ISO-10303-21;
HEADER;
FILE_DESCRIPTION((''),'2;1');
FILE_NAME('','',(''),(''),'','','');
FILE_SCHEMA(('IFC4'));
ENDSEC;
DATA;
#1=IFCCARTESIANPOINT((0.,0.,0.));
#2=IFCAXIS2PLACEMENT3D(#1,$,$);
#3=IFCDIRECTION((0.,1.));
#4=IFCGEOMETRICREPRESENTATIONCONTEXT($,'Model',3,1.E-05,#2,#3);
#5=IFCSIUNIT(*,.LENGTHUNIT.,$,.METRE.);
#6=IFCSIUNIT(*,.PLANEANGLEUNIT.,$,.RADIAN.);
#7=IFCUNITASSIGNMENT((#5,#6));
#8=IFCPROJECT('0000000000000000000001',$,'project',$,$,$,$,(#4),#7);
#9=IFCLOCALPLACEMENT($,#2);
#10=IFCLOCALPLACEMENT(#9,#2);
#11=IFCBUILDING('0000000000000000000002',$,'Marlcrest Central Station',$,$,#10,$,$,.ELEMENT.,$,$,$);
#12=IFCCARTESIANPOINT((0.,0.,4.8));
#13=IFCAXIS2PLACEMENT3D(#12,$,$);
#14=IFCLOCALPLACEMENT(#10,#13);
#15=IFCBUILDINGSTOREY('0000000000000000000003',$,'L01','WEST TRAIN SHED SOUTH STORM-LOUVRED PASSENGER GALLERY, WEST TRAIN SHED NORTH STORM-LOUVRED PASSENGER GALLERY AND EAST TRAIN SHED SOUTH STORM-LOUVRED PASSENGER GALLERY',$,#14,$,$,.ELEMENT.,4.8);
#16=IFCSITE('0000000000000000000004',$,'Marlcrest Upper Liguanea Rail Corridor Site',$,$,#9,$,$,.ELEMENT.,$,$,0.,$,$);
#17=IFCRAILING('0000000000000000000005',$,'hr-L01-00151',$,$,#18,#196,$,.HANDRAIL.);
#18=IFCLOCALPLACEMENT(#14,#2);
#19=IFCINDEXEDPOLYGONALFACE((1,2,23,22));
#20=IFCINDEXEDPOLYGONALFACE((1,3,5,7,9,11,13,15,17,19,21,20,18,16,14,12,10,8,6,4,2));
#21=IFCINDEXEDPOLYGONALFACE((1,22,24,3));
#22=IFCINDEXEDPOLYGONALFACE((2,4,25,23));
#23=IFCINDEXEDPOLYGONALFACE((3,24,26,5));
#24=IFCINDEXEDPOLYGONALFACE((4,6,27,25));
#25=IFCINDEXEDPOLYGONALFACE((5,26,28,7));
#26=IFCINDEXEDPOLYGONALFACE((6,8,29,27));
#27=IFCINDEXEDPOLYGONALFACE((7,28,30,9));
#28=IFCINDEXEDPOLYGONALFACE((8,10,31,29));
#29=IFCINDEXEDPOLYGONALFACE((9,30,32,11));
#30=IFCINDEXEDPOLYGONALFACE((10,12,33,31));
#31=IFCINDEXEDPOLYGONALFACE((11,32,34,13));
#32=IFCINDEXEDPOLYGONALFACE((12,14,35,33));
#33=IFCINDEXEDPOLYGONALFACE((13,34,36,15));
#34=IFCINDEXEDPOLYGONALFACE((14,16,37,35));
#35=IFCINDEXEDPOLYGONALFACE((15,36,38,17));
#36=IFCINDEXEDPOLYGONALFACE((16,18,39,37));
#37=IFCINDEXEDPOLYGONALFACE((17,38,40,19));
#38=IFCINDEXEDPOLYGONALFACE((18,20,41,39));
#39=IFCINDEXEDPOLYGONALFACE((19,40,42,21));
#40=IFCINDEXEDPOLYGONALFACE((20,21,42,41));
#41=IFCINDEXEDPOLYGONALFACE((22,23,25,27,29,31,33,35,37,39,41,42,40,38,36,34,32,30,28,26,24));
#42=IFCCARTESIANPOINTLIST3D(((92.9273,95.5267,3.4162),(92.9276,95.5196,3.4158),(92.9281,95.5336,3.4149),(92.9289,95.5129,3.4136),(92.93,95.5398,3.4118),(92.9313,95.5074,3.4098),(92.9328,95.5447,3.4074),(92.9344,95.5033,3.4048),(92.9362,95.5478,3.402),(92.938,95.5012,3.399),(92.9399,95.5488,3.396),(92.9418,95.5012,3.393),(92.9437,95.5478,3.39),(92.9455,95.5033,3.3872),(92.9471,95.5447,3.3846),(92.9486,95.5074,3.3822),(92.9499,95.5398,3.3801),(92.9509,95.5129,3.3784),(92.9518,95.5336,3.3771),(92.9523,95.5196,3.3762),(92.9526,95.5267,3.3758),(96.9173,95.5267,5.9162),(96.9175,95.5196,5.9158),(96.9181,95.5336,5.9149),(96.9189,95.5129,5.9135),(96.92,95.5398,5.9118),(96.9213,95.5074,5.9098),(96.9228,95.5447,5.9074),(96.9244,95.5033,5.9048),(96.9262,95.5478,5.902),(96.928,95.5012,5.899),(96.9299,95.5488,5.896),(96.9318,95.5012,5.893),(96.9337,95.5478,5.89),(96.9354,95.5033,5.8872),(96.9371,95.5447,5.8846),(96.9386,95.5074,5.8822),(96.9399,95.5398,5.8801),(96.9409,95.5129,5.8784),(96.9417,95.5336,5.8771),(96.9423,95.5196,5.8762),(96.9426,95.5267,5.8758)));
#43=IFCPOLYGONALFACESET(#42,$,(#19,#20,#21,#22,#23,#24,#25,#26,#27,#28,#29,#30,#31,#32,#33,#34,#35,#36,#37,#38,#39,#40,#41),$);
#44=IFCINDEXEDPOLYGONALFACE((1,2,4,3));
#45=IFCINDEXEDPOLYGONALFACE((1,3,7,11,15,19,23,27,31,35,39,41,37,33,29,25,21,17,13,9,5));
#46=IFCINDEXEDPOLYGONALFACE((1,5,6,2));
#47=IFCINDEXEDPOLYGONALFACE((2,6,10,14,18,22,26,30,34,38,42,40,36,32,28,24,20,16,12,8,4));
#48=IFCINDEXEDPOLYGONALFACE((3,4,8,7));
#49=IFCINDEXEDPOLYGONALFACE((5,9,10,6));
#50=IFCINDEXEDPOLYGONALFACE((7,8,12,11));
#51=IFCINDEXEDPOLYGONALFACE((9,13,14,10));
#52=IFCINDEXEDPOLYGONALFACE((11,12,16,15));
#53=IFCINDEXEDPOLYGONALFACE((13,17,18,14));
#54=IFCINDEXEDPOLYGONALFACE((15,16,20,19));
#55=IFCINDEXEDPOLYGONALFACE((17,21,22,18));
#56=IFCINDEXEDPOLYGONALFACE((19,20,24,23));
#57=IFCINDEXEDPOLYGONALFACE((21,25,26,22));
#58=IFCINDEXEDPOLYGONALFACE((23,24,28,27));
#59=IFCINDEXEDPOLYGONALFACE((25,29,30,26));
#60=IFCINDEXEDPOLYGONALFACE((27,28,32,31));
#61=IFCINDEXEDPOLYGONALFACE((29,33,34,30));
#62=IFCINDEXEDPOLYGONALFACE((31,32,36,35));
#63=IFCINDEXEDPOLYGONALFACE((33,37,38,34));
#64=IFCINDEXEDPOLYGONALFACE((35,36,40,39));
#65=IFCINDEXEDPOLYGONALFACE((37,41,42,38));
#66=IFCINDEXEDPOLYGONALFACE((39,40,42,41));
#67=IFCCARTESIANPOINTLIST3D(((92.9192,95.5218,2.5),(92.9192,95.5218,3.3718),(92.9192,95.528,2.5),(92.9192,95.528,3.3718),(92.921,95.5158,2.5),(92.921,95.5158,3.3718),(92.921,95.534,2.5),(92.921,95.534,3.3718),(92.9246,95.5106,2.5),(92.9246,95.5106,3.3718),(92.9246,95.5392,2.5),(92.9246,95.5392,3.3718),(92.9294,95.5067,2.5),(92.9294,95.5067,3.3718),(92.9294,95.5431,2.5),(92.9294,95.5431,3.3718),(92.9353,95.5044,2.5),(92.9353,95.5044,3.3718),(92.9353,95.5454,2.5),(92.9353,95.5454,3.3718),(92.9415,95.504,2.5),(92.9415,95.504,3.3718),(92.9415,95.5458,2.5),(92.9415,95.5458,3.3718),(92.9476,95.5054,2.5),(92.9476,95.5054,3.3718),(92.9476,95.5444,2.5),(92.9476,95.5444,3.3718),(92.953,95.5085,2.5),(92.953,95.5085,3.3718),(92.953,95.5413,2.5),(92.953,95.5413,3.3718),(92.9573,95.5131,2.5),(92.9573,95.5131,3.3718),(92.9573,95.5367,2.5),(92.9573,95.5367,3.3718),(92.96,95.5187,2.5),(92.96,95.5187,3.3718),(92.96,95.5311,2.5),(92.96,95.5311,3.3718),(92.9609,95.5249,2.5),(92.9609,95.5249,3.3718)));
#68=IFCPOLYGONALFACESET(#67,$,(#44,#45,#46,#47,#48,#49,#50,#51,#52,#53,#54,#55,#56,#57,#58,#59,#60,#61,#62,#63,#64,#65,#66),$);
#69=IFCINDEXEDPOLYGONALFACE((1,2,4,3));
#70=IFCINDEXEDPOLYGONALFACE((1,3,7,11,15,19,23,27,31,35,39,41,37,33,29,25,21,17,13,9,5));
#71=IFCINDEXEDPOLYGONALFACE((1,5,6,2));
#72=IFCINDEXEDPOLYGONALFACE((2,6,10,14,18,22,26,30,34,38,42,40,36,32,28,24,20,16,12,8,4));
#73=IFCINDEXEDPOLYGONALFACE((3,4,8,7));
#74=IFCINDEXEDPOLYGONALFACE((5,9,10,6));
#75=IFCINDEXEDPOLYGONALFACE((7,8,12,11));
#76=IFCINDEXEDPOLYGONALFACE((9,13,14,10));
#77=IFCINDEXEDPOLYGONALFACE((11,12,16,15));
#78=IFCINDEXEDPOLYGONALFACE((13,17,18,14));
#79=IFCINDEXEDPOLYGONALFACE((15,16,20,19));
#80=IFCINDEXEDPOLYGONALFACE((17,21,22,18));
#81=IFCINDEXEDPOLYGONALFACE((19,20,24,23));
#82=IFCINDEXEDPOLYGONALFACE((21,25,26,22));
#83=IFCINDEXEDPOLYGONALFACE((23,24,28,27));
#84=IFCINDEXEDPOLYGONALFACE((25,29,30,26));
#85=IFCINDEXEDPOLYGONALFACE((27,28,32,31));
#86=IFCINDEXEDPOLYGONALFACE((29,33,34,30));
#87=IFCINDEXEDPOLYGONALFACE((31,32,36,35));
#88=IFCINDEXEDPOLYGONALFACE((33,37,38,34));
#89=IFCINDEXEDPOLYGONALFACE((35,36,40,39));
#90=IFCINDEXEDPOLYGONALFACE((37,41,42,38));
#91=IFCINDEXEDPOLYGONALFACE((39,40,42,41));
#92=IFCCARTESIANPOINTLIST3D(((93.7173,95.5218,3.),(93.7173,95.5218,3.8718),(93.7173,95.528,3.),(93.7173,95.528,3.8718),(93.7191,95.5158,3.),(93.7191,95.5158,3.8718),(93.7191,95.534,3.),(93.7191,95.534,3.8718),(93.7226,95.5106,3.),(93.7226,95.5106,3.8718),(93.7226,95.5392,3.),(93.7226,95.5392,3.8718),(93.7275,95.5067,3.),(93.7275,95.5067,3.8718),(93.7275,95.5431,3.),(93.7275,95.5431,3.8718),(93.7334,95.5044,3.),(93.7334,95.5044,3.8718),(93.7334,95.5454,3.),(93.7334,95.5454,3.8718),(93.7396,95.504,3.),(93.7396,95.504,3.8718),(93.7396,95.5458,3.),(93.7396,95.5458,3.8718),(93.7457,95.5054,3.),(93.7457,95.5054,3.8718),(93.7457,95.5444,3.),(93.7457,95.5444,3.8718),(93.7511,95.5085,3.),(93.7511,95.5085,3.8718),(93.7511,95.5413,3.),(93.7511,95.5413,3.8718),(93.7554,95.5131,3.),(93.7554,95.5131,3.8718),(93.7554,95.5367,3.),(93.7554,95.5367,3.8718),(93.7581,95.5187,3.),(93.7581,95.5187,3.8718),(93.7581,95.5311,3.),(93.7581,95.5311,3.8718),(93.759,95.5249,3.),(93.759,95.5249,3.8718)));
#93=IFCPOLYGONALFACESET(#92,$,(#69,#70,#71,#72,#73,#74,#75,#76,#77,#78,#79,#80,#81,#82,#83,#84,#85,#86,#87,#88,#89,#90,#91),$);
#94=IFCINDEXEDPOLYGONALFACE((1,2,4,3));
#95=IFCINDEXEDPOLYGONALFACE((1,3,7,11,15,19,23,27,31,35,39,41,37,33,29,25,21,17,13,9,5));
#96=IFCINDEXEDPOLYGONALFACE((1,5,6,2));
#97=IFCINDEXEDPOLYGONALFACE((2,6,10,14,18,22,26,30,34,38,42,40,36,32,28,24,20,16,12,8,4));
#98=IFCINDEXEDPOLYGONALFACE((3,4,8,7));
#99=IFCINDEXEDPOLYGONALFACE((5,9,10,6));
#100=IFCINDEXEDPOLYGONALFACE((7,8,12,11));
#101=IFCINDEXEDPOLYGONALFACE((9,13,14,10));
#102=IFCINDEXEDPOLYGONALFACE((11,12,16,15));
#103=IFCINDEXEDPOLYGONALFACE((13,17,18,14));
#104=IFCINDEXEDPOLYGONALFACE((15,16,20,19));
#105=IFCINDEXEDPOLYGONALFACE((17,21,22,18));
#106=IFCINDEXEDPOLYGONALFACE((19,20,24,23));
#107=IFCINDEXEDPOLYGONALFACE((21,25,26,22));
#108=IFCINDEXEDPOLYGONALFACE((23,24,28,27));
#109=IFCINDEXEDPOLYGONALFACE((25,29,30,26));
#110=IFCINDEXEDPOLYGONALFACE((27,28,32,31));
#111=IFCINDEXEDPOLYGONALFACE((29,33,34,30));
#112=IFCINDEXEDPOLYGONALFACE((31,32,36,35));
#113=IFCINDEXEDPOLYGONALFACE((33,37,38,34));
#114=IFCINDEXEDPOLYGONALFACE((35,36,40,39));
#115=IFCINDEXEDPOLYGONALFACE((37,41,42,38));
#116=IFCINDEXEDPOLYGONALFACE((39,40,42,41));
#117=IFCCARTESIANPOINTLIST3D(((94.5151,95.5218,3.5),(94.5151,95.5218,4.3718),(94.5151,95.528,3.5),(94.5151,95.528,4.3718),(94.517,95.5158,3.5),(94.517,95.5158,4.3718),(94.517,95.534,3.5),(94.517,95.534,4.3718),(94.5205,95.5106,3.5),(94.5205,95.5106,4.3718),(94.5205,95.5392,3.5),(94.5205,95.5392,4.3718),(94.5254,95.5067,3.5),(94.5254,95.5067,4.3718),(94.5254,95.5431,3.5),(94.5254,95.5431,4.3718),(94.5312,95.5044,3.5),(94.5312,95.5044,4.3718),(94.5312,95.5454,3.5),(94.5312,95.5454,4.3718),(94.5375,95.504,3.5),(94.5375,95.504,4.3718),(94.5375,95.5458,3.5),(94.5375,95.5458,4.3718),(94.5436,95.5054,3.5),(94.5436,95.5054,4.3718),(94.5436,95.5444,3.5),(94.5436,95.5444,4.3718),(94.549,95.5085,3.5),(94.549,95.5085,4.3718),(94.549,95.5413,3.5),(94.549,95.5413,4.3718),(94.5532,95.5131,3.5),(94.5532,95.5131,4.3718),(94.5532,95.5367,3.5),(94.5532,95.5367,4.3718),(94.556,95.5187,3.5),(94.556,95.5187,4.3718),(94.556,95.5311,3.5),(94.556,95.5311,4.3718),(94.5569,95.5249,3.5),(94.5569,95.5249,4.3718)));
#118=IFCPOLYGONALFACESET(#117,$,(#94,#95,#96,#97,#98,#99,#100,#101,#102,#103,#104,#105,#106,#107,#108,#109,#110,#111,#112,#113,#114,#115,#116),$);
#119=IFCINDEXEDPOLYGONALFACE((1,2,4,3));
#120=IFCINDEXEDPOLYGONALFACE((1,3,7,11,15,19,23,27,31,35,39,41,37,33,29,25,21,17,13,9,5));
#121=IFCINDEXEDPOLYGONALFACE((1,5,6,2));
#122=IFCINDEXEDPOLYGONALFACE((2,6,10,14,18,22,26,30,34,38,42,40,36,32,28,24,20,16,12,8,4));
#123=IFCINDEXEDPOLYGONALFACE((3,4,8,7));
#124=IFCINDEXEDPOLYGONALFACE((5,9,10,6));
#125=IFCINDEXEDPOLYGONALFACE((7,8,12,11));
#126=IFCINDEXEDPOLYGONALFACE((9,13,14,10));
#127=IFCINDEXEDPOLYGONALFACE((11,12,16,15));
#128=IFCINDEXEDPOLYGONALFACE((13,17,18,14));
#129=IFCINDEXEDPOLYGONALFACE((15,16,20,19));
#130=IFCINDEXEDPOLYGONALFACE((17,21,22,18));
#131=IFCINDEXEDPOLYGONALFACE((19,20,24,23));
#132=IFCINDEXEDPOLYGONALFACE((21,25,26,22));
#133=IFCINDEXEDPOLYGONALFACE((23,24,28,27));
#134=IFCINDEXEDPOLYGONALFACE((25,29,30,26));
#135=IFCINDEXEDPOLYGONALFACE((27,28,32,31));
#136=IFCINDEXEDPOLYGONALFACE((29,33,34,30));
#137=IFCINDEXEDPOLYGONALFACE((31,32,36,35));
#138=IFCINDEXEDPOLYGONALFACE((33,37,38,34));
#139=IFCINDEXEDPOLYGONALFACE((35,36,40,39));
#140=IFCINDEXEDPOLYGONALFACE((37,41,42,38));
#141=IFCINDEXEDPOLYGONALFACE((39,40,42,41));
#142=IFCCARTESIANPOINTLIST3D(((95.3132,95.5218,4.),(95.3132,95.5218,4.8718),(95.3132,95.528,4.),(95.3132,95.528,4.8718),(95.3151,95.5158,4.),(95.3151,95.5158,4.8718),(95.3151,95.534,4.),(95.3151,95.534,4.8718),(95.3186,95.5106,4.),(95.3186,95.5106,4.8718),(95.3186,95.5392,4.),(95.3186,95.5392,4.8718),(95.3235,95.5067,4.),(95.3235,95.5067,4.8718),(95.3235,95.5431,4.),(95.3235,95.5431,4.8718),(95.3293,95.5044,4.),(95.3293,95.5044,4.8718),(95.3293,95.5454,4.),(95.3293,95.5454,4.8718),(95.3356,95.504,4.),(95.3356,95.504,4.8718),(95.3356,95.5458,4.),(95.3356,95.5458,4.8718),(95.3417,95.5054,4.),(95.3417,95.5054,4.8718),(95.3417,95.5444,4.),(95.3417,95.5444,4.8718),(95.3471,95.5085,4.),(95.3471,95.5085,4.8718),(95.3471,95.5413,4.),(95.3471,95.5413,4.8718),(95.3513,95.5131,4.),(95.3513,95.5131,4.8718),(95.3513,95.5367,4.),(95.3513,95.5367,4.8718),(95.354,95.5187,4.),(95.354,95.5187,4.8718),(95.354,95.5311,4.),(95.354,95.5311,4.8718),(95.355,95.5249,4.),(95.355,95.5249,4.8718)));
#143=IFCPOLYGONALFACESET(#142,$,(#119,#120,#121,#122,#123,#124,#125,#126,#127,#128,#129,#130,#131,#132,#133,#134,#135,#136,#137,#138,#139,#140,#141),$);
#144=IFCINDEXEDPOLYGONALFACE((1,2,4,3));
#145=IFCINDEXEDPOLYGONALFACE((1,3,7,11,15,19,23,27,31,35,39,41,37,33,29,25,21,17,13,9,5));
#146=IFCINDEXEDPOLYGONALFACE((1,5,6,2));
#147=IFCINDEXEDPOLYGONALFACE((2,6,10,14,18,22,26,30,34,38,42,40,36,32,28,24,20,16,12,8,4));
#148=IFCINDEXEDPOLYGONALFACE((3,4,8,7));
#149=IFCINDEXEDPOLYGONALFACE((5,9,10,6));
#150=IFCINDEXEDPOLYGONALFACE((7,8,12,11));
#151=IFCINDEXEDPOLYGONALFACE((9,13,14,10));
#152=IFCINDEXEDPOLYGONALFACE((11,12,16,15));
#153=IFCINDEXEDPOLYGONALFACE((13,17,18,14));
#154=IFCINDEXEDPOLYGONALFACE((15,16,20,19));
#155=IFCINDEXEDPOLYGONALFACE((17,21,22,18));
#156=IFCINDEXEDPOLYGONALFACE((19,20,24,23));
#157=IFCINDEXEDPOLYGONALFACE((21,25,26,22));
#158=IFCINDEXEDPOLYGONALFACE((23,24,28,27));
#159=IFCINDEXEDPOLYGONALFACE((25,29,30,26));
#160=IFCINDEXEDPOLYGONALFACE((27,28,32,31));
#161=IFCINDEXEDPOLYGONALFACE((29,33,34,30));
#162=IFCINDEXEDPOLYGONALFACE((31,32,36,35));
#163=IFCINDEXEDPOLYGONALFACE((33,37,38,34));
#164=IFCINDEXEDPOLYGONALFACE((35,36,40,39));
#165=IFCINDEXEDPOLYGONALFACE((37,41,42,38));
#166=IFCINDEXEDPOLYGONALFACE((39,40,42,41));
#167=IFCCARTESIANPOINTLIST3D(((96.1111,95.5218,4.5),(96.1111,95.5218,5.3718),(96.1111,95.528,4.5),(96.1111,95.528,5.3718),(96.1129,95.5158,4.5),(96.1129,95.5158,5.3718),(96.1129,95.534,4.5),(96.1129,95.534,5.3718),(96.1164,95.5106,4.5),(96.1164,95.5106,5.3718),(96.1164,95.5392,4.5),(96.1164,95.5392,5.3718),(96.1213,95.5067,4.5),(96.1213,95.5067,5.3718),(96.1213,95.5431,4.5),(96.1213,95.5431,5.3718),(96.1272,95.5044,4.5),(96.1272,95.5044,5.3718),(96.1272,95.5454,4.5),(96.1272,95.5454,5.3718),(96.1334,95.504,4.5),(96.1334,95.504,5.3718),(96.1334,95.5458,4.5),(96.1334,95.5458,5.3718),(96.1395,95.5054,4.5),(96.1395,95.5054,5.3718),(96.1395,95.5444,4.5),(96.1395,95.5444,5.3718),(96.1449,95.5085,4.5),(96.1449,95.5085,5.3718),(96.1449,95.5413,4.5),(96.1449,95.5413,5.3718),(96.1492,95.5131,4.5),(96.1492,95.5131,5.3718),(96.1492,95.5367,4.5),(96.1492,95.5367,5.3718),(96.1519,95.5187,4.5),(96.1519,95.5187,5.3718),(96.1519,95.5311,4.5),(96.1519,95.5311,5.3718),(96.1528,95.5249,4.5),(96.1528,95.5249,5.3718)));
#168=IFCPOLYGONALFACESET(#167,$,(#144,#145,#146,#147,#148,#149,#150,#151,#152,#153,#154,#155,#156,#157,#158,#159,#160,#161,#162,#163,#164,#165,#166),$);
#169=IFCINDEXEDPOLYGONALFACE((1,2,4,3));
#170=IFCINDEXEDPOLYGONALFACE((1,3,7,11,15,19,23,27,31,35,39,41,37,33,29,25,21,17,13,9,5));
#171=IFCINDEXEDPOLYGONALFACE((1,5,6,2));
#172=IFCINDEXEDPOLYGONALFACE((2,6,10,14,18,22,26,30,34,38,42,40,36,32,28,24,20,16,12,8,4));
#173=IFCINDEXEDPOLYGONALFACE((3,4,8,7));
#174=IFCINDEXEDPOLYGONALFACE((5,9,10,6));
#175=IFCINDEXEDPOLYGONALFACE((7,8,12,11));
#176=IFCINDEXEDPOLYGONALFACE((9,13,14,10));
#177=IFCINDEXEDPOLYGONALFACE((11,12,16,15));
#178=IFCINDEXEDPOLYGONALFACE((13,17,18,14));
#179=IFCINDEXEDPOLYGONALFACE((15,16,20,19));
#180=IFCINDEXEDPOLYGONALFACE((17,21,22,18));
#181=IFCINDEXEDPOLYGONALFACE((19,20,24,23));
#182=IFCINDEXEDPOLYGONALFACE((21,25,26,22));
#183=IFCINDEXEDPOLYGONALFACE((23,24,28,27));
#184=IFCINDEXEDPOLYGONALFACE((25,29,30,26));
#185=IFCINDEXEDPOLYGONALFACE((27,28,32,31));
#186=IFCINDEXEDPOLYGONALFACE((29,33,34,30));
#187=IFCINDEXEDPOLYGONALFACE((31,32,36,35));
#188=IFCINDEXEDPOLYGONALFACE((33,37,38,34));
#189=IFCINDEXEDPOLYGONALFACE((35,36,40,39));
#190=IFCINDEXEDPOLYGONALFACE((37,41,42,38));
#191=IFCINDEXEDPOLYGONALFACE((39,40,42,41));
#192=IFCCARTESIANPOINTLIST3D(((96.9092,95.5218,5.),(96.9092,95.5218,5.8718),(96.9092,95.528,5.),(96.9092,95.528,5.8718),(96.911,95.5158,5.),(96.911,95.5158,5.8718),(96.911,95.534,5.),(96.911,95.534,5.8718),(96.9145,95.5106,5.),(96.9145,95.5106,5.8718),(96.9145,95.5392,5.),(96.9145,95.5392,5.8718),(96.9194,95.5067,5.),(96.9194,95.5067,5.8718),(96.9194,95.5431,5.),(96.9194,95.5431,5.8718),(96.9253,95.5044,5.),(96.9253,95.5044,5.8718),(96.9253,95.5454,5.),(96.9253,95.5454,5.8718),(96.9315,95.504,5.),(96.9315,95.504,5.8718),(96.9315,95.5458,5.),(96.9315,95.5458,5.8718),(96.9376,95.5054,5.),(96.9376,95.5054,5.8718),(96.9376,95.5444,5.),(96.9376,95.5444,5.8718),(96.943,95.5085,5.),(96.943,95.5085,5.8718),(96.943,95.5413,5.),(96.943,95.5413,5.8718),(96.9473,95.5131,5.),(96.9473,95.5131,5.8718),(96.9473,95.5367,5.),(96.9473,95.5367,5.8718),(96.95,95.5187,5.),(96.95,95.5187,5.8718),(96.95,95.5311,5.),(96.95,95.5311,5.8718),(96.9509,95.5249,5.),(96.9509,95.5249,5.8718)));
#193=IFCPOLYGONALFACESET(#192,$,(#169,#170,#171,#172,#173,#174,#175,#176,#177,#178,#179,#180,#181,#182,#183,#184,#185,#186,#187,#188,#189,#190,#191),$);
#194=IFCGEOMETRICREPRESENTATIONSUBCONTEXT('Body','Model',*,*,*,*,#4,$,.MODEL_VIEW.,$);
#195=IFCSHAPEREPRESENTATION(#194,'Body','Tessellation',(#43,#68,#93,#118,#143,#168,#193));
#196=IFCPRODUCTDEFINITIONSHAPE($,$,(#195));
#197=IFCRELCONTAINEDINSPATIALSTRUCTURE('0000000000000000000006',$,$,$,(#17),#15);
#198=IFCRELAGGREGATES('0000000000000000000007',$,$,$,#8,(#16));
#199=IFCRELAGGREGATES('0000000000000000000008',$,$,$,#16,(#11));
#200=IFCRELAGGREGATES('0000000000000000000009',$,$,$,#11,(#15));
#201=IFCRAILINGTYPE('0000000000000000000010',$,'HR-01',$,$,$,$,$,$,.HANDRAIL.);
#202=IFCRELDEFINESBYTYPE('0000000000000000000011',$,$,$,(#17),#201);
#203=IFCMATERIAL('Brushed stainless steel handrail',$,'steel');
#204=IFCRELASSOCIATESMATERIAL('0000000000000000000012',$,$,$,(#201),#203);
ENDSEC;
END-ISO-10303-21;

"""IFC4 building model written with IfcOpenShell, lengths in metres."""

from ifc_helpers import new_model, si_unit, direction, frame, origin, origin_2d, place, context, subcontext, project, spatial, circle, extrude, material, type_object, element, save


model = new_model("IFC4")

# Units and contexts
model_context = context("Model", 3, precision=1e-05, world=origin(), true_north=direction((0.0, 1.0)))
body_context = subcontext(model_context, "Body", "Model", "MODEL_VIEW")
ifc_project = project(units=[si_unit("LENGTHUNIT", "METRE"), si_unit("PLANEANGLEUNIT", "RADIAN")], contexts=[model_context])

# Site, building, storey
site_placement = place(None, origin())
site = spatial("IfcSite", under=ifc_project, at=site_placement, Name="Marlcrest Upper Liguanea Rail Corridor Site", CompositionType="ELEMENT", RefElevation=0.0)
building_placement = place(site_placement, origin())
building = spatial("IfcBuilding", under=site, at=building_placement, Name="Marlcrest Central Station", CompositionType="ELEMENT")
storey_placement = place(building_placement, frame((0.0, 0.0, 4.8)))
storey = spatial("IfcBuildingStorey", under=building, at=storey_placement, Name="L01", Description="WEST TRAIN SHED SOUTH STORM-LOUVRED PASSENGER GALLERY, WEST TRAIN SHED NORTH STORM-LOUVRED PASSENGER GALLERY AND EAST TRAIN SHED SOUTH STORM-LOUVRED PASSENGER GALLERY", CompositionType="ELEMENT", Elevation=4.8)

# Railing
ifc_material_1 = material(Name="Brushed stainless steel handrail", Category="steel")
railing_type_1 = type_object("IfcRailingType", Name="HR-01", PredefinedType="HANDRAIL", material=ifc_material_1)
for number, where, name in (
    (1, (92.9399, 95.5249, 2.5), "hr-L01-00151"),
):
    element("IfcRailing", number, at=place(storey_placement, frame(where)), inside=storey, type_object=railing_type_1, Name=name, PredefinedType="HANDRAIL", context=body_context, shape_type="SweptSolid", body=[
        extrude(circle(Radius=0.0239, at=origin_2d()), frame((0.0, 0.0, 0.896), z_axis=(0.847401, 0.0, 0.530954), x_axis=(0.0, 1.0, 0.0)), (0.0, 0.0, 1.0), 4.7085),
        extrude(circle(Radius=0.021, at=origin_2d()), origin(), (0.0, 0.0, 1.0), 0.8718),
        extrude(circle(Radius=0.021, at=origin_2d()), frame((0.7981, 0.0, 0.5)), (0.0, 0.0, 1.0), 0.8718),
        extrude(circle(Radius=0.021, at=origin_2d()), frame((1.5959, 0.0, 1.0)), (0.0, 0.0, 1.0), 0.8718),
        extrude(circle(Radius=0.021, at=origin_2d()), frame((2.394, 0.0, 1.5)), (0.0, 0.0, 1.0), 0.8718),
        extrude(circle(Radius=0.021, at=origin_2d()), frame((3.1919, 0.0, 2.0)), (0.0, 0.0, 1.0), 0.8718),
        extrude(circle(Radius=0.021, at=origin_2d()), frame((3.99, 0.0, 2.5)), (0.0, 0.0, 1.0), 0.8718),
    ])

save(model, "model.ifc")
